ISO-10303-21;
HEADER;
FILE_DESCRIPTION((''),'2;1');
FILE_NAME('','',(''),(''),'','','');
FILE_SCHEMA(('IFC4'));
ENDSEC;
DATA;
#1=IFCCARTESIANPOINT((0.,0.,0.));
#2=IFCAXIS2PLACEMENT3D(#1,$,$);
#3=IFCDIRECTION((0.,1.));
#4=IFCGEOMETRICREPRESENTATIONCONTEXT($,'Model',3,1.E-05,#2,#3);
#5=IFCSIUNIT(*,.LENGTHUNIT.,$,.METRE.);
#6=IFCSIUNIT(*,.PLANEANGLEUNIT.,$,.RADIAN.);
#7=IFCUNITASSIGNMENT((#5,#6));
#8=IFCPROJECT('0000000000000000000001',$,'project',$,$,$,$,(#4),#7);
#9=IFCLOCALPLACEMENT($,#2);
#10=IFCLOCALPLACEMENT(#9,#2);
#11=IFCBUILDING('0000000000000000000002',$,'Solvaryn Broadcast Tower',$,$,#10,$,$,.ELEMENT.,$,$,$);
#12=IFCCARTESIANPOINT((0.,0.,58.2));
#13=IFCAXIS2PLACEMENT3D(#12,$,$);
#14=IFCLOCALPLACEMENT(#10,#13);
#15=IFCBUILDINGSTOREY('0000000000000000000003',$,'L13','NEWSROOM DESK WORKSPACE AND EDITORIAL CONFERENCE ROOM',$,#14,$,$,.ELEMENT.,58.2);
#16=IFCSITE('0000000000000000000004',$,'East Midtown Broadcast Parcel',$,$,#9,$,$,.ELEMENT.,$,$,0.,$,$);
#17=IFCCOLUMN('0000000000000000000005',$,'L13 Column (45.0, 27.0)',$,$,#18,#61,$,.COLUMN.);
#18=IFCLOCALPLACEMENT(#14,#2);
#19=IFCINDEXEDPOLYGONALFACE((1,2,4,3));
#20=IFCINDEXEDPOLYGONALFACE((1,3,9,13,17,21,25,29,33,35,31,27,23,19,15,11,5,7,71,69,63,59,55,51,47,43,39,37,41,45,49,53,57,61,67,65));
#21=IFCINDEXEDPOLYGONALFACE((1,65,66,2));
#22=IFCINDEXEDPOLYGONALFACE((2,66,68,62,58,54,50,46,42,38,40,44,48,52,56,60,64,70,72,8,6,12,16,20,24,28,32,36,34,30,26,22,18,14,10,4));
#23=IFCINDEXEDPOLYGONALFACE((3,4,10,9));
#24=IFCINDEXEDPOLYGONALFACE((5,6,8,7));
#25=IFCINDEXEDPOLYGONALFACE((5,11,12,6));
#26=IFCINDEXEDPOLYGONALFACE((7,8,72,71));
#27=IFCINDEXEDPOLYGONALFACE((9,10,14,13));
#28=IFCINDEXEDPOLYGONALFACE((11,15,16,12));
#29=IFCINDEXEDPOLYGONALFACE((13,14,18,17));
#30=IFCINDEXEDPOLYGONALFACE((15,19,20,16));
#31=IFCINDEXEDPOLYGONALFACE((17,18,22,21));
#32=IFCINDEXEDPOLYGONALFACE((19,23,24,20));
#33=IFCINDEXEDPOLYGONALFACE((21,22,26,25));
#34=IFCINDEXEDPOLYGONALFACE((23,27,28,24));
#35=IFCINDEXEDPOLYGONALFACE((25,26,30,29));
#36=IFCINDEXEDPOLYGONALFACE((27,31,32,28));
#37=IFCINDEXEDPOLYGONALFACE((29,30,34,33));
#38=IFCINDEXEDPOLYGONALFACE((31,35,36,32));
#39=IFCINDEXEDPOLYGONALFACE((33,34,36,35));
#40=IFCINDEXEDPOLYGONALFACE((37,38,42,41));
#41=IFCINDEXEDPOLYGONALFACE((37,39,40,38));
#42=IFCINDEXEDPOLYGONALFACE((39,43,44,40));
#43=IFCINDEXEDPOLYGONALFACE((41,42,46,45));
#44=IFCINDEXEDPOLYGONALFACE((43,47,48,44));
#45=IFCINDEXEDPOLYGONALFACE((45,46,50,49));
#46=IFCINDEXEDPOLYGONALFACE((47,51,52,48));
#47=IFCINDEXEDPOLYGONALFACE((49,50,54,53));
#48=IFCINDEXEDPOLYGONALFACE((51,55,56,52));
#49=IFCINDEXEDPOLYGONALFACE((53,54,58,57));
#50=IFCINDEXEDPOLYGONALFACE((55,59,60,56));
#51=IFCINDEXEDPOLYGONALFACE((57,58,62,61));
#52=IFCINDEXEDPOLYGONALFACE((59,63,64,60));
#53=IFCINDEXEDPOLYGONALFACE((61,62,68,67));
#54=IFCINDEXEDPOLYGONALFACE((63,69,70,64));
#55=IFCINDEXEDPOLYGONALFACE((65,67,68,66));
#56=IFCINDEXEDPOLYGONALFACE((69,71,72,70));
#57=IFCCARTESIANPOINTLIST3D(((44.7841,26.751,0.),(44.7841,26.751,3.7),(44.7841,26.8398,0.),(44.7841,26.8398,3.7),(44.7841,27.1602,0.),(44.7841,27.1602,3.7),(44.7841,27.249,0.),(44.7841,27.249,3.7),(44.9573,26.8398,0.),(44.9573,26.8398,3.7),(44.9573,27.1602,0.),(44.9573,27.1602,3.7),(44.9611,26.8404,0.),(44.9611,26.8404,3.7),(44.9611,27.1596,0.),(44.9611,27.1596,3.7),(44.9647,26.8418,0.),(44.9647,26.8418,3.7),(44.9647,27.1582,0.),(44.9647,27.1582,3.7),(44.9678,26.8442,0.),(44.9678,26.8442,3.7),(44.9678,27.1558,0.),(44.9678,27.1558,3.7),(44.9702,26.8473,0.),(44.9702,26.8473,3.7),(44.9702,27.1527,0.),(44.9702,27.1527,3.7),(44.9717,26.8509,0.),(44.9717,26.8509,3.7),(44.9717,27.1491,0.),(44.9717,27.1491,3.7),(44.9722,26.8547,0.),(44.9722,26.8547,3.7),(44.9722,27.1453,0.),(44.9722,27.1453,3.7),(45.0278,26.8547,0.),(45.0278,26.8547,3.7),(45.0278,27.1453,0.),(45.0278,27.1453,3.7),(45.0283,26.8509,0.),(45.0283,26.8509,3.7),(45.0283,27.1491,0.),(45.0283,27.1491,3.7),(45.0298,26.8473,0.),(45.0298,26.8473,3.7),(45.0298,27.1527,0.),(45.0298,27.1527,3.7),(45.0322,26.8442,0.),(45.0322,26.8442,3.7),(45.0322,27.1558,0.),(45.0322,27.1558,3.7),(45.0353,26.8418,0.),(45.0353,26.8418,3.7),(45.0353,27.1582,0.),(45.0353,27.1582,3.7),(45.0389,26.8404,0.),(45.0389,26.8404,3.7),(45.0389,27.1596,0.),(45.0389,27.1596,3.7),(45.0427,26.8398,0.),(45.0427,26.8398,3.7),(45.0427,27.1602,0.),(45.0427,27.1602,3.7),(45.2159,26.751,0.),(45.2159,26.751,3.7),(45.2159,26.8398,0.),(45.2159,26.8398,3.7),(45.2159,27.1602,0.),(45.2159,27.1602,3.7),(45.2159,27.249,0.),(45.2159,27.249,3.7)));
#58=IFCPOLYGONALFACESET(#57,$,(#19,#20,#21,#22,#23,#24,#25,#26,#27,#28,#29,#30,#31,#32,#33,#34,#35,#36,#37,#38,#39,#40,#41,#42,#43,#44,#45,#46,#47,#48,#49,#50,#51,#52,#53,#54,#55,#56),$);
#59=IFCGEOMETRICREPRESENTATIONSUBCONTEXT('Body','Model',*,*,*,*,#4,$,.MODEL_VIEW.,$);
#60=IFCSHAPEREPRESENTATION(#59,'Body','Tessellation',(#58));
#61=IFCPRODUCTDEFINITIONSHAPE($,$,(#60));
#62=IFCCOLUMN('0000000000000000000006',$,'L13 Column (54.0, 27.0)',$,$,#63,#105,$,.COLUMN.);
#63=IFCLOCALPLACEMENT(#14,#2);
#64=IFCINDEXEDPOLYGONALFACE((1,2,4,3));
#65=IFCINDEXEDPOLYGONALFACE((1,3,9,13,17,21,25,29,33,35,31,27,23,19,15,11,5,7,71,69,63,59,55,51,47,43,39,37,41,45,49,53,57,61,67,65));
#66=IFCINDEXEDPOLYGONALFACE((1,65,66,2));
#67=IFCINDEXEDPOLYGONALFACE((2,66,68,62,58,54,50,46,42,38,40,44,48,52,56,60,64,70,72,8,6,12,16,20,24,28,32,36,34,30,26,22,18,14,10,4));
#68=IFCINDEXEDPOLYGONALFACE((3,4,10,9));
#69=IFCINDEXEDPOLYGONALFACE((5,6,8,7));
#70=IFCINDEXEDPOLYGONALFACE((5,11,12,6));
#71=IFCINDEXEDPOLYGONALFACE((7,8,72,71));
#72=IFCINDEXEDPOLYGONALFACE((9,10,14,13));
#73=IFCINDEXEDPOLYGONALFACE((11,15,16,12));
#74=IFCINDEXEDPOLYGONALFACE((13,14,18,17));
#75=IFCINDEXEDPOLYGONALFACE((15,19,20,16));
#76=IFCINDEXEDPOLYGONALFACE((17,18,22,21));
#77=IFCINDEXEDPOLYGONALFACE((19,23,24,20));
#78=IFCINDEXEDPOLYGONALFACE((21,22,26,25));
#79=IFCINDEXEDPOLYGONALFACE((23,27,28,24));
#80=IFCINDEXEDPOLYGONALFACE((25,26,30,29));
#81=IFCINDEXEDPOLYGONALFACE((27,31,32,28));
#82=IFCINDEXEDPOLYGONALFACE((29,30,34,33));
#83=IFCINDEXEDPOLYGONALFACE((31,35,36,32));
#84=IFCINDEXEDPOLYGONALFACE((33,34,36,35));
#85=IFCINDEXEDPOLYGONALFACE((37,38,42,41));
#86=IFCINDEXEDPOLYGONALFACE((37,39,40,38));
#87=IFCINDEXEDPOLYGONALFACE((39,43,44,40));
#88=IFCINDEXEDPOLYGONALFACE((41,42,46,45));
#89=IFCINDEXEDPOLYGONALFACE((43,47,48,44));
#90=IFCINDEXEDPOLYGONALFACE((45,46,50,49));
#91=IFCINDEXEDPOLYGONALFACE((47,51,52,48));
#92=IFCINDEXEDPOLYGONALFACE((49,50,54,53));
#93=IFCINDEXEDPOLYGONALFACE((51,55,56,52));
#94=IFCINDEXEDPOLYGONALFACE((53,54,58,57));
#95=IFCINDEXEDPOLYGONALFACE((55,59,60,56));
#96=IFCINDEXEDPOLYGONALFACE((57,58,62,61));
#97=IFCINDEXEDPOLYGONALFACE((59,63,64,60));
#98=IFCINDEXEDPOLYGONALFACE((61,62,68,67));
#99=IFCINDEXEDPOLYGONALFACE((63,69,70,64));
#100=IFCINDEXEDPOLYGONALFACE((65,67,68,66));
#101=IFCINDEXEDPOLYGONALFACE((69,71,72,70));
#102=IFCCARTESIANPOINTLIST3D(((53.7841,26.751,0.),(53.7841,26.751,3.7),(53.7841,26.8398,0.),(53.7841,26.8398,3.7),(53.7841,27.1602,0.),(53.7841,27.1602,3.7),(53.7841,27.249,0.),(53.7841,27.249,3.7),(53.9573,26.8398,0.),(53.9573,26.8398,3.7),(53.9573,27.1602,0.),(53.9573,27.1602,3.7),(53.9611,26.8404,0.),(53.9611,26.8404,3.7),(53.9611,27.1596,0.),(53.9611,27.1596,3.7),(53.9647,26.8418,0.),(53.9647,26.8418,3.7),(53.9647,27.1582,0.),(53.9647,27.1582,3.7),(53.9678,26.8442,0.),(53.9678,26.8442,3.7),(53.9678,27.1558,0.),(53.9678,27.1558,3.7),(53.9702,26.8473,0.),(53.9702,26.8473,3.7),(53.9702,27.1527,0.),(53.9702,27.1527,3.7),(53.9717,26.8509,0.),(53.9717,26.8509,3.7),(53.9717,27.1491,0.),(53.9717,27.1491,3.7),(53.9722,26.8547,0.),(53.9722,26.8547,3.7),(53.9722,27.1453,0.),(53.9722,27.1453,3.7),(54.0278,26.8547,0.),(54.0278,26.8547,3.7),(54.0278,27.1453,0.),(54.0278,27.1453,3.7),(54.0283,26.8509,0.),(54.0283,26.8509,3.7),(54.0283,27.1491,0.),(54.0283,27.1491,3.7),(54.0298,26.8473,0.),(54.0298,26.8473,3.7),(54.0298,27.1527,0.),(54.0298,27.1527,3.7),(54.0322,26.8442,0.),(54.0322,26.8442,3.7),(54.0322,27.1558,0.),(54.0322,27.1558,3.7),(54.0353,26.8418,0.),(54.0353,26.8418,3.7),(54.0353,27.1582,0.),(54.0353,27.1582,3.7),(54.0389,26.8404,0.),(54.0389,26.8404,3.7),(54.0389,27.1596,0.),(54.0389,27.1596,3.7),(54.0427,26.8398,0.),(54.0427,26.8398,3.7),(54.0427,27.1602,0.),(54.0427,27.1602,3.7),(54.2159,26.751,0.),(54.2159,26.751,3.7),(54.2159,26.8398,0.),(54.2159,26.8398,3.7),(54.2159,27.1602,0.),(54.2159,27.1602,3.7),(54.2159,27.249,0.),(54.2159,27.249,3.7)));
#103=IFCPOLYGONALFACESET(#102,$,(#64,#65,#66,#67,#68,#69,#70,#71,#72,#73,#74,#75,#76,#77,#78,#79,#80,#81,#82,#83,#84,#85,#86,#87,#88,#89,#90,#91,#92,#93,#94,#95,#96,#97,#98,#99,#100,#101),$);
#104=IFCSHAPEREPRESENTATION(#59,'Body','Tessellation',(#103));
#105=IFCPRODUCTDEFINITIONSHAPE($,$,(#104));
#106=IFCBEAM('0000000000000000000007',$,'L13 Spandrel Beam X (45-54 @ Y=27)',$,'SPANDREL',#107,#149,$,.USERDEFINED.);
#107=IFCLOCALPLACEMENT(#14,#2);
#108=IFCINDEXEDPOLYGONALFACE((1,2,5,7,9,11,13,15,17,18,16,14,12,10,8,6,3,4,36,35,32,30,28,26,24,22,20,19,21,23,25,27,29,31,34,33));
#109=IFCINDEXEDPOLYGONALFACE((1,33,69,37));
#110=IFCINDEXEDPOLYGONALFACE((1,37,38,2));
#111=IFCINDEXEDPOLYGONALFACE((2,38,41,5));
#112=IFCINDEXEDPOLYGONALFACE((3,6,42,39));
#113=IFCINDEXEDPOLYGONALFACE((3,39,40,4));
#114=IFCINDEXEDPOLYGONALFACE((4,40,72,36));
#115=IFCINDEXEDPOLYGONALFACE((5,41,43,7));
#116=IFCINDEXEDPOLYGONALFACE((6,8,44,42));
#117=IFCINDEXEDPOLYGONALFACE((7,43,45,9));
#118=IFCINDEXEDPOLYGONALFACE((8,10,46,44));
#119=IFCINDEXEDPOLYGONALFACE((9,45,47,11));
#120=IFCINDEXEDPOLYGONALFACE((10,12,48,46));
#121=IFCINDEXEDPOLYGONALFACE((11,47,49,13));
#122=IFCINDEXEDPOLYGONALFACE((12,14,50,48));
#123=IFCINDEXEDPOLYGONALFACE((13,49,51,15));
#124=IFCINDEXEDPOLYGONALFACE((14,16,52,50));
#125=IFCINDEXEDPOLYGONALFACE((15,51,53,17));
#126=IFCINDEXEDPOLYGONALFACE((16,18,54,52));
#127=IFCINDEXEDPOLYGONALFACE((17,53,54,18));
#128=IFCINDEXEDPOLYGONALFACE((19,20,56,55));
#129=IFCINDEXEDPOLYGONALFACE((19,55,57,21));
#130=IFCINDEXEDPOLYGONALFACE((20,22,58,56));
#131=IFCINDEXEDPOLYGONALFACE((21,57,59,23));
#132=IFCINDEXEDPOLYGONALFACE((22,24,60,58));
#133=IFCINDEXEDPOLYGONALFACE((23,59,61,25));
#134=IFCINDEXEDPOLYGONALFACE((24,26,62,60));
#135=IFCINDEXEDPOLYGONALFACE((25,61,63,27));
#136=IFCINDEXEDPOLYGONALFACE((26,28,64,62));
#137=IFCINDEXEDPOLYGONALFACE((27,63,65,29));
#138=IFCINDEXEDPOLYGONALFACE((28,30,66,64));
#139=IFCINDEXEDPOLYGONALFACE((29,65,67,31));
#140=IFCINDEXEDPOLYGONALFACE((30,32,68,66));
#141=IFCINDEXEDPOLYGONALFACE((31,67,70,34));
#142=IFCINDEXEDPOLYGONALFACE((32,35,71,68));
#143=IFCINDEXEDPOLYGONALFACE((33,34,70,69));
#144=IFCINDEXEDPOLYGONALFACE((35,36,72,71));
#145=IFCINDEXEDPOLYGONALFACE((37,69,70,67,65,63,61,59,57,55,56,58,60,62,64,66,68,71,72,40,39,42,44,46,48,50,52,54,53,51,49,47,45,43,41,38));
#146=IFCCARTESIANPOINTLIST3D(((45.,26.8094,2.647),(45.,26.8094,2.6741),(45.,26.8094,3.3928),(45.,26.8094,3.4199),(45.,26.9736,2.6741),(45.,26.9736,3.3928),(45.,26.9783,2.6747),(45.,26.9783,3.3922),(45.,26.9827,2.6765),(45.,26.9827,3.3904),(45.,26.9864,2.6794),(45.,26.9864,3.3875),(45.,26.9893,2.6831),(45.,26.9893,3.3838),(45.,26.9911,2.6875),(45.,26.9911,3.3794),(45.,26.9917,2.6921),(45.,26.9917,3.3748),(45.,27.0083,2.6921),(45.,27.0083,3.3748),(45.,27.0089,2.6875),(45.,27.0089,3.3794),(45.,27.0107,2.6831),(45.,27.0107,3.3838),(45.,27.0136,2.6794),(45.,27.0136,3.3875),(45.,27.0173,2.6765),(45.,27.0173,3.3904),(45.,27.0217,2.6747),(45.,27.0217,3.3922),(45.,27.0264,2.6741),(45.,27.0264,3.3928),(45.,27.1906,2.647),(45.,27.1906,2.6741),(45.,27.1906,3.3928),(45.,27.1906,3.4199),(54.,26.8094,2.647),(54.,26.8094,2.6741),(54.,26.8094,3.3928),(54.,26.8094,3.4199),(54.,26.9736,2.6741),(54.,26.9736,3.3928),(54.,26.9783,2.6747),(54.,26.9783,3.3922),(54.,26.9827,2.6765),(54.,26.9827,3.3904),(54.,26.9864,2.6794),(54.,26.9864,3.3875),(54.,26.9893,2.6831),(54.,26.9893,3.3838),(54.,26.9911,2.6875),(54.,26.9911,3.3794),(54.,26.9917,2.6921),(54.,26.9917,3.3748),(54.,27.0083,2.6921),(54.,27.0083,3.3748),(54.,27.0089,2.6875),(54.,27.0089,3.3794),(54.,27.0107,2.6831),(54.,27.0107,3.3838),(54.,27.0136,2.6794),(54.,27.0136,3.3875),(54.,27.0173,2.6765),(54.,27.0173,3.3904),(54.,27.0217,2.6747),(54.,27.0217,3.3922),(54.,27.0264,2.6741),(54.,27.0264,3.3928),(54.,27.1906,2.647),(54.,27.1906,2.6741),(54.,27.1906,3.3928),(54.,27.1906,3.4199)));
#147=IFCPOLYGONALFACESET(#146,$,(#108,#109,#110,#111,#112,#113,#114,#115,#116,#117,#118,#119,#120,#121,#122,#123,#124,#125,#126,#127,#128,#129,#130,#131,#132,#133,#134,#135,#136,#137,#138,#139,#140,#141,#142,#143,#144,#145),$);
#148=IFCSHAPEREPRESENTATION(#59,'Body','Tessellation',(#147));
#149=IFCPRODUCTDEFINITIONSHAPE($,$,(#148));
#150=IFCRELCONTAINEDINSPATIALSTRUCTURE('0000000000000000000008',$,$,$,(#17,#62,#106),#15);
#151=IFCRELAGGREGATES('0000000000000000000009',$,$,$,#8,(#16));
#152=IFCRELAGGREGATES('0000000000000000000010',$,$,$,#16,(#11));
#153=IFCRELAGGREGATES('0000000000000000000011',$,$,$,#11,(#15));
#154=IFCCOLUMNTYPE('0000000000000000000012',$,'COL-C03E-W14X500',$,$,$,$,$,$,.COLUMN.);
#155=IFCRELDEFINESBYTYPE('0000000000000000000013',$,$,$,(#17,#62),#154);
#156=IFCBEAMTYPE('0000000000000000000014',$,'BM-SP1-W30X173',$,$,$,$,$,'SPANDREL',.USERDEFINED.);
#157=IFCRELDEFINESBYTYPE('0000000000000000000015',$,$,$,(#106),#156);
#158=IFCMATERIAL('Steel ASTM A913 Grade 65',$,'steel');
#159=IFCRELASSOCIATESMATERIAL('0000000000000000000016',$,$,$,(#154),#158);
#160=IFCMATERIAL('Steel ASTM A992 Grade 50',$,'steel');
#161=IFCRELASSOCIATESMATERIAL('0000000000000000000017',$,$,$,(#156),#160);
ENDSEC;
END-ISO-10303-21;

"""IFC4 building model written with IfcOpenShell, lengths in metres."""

from ifc_helpers import new_model, si_unit, direction, frame, origin, origin_2d, place, context, subcontext, project, spatial, i_section, extrude, material, material_profile, profile_set, type_object, element, save


model = new_model("IFC4")

# Units and contexts
model_context = context("Model", 3, precision=1e-05, world=origin(), true_north=direction((0.0, 1.0)))
body_context = subcontext(model_context, "Body", "Model", "MODEL_VIEW")
ifc_project = project(units=[si_unit("LENGTHUNIT", "METRE"), si_unit("PLANEANGLEUNIT", "RADIAN")], contexts=[model_context])

# Site, building, storey
site_placement = place(None, origin())
site = spatial("IfcSite", under=ifc_project, at=site_placement, Name="East Midtown Broadcast Parcel", CompositionType="ELEMENT", RefElevation=0.0)
building_placement = place(site_placement, origin())
building = spatial("IfcBuilding", under=site, at=building_placement, Name="Solvaryn Broadcast Tower", CompositionType="ELEMENT")
storey_placement = place(building_placement, frame((0.0, 0.0, 58.2)))
storey = spatial("IfcBuildingStorey", under=building, at=storey_placement, Name="L13", Description="NEWSROOM DESK WORKSPACE AND EDITORIAL CONFERENCE ROOM", CompositionType="ELEMENT", Elevation=58.2)

# Columns
ifc_material_1 = material(Name="Steel ASTM A913 Grade 65", Category="steel")
ifc_material_profile_1 = material_profile(ifc_material_1, i_section(OverallWidth=0.4319, OverallDepth=0.498, WebThickness=0.0557, FlangeThickness=0.0889, FilletRadius=0.0149, at=origin_2d()))
ifc_profile_set_1 = profile_set([ifc_material_profile_1], Name="Steel ASTM A913 Grade 65")
column_type = type_object("IfcColumnType", Name="COL-C03E-W14X500", PredefinedType="COLUMN", material=ifc_profile_set_1)
for number, where, z_axis, x_axis, name in (
    (1, (45.0, 27.0, 0.0), (0.0, 0.0, 1.0), (1.0, 0.0, 0.0), "L13 Column (45.0, 27.0)"),
    (2, (54.0, 27.0, 0.0), (0.0, 0.0, 1.0), (1.0, 0.0, 0.0), "L13 Column (54.0, 27.0)"),
):
    element("IfcColumn", number, at=place(storey_placement, frame(where, z_axis=z_axis, x_axis=x_axis)), inside=storey, type_object=column_type, Name=name, PredefinedType="COLUMN", context=body_context, shape_type="SweptSolid", body=[
        extrude(i_section(OverallWidth=0.4319, OverallDepth=0.498, WebThickness=0.0557, FlangeThickness=0.0889, FilletRadius=0.0149, at=origin_2d()), origin(), (0.0, 0.0, 1.0), 3.7),
    ])

# Beam
ifc_material_2 = material(Name="Steel ASTM A992 Grade 50", Category="steel")
ifc_material_profile_2 = material_profile(ifc_material_2, i_section(OverallWidth=0.3811, OverallDepth=0.7729, WebThickness=0.0166, FlangeThickness=0.0271, FilletRadius=0.0181, at=origin_2d()))
ifc_profile_set_2 = profile_set([ifc_material_profile_2], Name="Steel ASTM A992 Grade 50")
beam_type = type_object("IfcBeamType", Name="BM-SP1-W30X173", ElementType="SPANDREL", PredefinedType="USERDEFINED", material=ifc_profile_set_2)
beam_placement = place(storey_placement, frame((45.0, 27.0, 3.0334), z_axis=(1.0, 0.0, 0.0), x_axis=(0.0, 1.0, 0.0)))
element("IfcBeam", 3, at=beam_placement, inside=storey, type_object=beam_type, Name="L13 Spandrel Beam X (45-54 @ Y=27)", ObjectType="SPANDREL", PredefinedType="USERDEFINED", context=body_context, shape_type="SweptSolid", body=[
    extrude(i_section(OverallWidth=0.3811, OverallDepth=0.7729, WebThickness=0.0166, FlangeThickness=0.0271, FilletRadius=0.0181, at=origin_2d()), origin(), (0.0, 0.0, 1.0), 9.0),
])

save(model, "model.ifc")
